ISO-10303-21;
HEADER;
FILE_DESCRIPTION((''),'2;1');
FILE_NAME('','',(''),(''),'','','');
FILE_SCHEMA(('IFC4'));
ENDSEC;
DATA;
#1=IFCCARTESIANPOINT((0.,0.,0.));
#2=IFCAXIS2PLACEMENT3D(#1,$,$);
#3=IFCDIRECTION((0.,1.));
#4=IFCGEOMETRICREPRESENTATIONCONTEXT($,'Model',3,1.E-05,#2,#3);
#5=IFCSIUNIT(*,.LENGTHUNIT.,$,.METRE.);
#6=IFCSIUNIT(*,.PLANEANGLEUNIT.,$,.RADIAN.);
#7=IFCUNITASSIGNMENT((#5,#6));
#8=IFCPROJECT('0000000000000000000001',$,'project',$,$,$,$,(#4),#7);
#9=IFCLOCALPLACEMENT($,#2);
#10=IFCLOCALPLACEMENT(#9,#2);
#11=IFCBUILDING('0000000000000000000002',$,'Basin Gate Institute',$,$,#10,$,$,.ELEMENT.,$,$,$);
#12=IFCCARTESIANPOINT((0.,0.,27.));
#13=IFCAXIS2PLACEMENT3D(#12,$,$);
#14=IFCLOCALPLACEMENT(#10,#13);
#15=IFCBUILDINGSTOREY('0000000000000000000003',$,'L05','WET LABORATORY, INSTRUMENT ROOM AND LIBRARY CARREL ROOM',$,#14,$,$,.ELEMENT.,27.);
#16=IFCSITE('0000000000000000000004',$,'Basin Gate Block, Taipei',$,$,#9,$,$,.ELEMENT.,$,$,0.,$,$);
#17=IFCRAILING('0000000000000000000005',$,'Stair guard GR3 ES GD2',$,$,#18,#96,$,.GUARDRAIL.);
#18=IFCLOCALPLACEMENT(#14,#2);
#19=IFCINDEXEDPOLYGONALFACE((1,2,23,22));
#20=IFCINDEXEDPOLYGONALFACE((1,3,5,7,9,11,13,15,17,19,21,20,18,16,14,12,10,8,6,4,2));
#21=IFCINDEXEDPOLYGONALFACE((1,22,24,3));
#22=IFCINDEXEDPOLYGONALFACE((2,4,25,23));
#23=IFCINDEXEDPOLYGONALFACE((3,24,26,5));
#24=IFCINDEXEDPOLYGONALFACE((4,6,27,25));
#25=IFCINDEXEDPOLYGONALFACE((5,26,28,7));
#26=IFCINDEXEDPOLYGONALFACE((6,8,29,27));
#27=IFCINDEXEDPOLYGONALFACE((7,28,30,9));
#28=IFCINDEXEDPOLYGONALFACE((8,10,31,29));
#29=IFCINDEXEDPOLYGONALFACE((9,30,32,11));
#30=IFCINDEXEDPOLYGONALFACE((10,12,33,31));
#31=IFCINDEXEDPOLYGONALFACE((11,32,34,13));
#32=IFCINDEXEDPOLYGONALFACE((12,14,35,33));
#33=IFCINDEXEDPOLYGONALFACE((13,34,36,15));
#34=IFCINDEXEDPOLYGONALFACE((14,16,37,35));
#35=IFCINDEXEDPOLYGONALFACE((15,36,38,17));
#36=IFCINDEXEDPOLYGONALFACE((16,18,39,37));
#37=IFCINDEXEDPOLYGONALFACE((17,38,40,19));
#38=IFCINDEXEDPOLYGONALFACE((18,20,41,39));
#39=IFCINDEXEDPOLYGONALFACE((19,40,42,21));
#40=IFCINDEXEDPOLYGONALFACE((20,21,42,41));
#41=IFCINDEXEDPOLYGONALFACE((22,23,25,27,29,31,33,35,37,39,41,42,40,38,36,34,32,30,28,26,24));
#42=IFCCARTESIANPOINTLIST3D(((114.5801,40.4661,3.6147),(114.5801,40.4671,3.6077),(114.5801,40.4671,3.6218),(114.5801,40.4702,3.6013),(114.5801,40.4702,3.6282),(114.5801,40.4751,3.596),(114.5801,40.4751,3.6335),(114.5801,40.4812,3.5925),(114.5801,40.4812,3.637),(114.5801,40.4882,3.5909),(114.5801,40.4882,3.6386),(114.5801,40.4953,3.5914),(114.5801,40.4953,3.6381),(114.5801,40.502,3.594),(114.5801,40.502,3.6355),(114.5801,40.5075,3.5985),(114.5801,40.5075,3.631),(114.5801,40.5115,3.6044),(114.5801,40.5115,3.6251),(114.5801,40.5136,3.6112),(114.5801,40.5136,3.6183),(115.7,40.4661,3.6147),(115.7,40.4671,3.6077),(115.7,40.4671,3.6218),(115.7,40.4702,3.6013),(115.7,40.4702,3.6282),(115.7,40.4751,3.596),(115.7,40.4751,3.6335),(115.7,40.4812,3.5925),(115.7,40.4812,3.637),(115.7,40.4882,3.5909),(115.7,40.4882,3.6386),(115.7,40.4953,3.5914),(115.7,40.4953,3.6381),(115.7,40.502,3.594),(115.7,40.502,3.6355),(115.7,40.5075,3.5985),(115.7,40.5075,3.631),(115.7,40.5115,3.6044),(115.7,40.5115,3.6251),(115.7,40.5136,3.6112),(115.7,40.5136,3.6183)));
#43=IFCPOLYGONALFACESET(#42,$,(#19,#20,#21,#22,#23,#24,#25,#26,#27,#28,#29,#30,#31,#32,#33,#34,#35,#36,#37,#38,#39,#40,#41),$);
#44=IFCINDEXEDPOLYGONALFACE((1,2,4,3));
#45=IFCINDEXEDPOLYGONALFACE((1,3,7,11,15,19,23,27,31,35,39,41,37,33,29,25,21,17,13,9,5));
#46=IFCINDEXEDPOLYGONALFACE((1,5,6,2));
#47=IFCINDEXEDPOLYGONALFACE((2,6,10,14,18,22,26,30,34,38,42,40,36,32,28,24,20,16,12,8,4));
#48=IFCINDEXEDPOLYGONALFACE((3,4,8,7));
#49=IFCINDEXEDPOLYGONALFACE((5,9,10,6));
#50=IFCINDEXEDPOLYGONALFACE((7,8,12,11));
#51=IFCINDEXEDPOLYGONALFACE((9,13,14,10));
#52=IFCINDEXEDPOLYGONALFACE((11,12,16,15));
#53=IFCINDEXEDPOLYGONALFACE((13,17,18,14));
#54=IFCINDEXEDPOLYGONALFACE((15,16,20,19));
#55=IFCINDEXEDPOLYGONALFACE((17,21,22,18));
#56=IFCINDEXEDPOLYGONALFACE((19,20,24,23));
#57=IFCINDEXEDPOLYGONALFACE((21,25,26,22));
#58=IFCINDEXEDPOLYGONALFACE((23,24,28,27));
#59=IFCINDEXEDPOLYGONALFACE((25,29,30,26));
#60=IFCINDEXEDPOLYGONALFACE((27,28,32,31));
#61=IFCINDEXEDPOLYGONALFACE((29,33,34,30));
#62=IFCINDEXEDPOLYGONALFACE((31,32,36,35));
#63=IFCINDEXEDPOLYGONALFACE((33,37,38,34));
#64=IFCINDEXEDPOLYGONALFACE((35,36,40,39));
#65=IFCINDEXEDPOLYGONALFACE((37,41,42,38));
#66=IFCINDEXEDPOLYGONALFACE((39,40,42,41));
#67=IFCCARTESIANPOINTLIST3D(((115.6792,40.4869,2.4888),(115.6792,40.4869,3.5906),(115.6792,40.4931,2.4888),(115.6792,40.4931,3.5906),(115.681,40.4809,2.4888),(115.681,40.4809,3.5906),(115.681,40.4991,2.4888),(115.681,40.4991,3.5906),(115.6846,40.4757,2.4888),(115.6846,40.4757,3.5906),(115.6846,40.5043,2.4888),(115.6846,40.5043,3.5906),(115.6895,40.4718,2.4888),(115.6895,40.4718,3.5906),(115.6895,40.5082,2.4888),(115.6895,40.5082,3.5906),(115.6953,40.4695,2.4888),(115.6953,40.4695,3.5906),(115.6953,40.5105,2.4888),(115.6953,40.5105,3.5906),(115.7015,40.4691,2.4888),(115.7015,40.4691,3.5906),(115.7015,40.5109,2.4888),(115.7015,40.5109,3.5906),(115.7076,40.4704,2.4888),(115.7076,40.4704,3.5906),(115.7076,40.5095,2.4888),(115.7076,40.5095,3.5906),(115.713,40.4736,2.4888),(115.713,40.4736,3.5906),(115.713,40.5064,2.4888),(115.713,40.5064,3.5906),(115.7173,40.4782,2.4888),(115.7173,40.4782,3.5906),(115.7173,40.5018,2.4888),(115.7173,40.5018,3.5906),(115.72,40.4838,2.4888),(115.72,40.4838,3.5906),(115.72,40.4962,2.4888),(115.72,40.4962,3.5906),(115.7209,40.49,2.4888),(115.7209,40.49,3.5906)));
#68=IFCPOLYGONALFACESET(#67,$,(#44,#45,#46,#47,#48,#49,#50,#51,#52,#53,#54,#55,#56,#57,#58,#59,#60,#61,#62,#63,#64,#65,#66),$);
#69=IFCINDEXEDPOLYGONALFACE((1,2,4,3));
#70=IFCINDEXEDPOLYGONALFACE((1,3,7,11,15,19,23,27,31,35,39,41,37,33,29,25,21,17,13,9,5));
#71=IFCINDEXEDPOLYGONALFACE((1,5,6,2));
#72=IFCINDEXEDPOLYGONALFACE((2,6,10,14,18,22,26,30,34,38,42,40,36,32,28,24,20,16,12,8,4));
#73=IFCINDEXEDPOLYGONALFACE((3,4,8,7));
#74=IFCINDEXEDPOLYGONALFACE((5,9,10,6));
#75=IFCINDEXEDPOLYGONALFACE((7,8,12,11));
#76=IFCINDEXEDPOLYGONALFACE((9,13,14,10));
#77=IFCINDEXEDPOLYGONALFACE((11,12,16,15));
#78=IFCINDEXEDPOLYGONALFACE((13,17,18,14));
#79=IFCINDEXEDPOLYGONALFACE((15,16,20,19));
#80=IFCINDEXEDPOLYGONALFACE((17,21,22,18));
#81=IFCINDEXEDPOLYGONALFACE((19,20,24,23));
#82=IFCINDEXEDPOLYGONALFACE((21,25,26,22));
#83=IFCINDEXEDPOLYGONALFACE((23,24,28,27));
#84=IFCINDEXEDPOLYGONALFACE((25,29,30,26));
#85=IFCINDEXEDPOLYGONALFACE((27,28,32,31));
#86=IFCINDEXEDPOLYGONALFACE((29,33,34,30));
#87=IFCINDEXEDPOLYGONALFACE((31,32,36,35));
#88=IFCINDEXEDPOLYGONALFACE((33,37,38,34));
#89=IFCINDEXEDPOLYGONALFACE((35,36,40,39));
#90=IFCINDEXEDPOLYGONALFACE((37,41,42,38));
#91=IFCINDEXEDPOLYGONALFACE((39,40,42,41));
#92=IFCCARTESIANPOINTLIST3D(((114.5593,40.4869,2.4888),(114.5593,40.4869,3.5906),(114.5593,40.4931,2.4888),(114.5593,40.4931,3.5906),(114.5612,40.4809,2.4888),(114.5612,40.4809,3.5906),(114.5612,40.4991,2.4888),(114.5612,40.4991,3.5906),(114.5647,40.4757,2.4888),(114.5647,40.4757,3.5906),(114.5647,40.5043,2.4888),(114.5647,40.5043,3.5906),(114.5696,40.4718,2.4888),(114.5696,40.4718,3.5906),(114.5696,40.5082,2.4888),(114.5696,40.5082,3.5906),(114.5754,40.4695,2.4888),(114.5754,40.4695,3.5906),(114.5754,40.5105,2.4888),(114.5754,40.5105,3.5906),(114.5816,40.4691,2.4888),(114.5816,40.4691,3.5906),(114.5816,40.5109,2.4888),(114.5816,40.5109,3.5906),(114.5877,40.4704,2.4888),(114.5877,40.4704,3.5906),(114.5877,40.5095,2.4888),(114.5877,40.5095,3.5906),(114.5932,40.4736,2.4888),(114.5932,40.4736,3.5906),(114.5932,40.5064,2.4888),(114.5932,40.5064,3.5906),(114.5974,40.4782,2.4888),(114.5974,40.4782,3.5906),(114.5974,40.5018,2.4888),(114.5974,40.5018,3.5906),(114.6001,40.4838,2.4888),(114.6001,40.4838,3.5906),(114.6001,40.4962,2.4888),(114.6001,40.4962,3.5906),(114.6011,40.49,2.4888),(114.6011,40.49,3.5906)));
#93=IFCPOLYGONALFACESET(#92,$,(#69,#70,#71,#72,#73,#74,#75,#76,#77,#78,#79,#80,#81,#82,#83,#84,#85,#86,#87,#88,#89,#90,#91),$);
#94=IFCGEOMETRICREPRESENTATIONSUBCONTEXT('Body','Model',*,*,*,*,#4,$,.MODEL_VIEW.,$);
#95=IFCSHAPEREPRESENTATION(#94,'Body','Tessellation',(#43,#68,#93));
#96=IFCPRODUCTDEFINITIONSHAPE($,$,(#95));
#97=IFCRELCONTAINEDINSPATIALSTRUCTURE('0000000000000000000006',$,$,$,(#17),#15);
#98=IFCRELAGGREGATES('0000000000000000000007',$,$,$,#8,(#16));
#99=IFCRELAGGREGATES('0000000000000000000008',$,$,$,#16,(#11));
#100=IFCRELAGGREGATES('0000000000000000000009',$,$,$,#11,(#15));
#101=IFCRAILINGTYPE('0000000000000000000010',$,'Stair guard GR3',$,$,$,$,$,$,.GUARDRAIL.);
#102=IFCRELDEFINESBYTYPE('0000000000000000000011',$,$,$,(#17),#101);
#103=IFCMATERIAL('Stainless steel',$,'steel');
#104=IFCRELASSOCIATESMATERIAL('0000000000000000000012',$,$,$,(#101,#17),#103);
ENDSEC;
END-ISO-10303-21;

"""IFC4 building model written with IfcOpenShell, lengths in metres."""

from ifc_helpers import new_model, si_unit, direction, frame, origin, origin_2d, place, context, subcontext, project, spatial, circle, extrude, material, type_object, element, save


model = new_model("IFC4")

# Units and contexts
model_context = context("Model", 3, precision=1e-05, world=origin(), true_north=direction((0.0, 1.0)))
body_context = subcontext(model_context, "Body", "Model", "MODEL_VIEW")
ifc_project = project(units=[si_unit("LENGTHUNIT", "METRE"), si_unit("PLANEANGLEUNIT", "RADIAN")], contexts=[model_context])

# Site, building, storey
site_placement = place(None, origin())
site = spatial("IfcSite", under=ifc_project, at=site_placement, Name="Basin Gate Block, Taipei", CompositionType="ELEMENT", RefElevation=0.0)
building_placement = place(site_placement, origin())
building = spatial("IfcBuilding", under=site, at=building_placement, Name="Basin Gate Institute", CompositionType="ELEMENT")
storey_placement = place(building_placement, frame((0.0, 0.0, 27.0)))
storey = spatial("IfcBuildingStorey", under=building, at=storey_placement, Name="L05", Description="WET LABORATORY, INSTRUMENT ROOM AND LIBRARY CARREL ROOM", CompositionType="ELEMENT", Elevation=27.0)

# Railing
ifc_material_1 = material(Name="Stainless steel", Category="steel")
railing_type_1 = type_object("IfcRailingType", Name="Stair guard GR3", PredefinedType="GUARDRAIL", material=ifc_material_1)
railing_1_placement = place(storey_placement, frame((115.7, 40.49, 2.4888)))
element("IfcRailing", 1, at=railing_1_placement, inside=storey, type_object=railing_type_1, material=ifc_material_1, Name="Stair guard GR3 ES GD2", PredefinedType="GUARDRAIL", context=body_context, shape_type="SweptSolid", body=[
    extrude(circle(Radius=0.0239, at=origin_2d()), frame((0.0, 0.0, 1.126), z_axis=(-1.0, 0.0, 0.0), x_axis=(0.0, -1.0, 0.0)), (0.0, 0.0, 1.0), 1.1199),
    extrude(circle(Radius=0.021, at=origin_2d()), origin(), (0.0, 0.0, 1.0), 1.1018),
    extrude(circle(Radius=0.021, at=origin_2d()), frame((-1.1199, 0.0, 0.0)), (0.0, 0.0, 1.0), 1.1018),
])

save(model, "model.ifc")
